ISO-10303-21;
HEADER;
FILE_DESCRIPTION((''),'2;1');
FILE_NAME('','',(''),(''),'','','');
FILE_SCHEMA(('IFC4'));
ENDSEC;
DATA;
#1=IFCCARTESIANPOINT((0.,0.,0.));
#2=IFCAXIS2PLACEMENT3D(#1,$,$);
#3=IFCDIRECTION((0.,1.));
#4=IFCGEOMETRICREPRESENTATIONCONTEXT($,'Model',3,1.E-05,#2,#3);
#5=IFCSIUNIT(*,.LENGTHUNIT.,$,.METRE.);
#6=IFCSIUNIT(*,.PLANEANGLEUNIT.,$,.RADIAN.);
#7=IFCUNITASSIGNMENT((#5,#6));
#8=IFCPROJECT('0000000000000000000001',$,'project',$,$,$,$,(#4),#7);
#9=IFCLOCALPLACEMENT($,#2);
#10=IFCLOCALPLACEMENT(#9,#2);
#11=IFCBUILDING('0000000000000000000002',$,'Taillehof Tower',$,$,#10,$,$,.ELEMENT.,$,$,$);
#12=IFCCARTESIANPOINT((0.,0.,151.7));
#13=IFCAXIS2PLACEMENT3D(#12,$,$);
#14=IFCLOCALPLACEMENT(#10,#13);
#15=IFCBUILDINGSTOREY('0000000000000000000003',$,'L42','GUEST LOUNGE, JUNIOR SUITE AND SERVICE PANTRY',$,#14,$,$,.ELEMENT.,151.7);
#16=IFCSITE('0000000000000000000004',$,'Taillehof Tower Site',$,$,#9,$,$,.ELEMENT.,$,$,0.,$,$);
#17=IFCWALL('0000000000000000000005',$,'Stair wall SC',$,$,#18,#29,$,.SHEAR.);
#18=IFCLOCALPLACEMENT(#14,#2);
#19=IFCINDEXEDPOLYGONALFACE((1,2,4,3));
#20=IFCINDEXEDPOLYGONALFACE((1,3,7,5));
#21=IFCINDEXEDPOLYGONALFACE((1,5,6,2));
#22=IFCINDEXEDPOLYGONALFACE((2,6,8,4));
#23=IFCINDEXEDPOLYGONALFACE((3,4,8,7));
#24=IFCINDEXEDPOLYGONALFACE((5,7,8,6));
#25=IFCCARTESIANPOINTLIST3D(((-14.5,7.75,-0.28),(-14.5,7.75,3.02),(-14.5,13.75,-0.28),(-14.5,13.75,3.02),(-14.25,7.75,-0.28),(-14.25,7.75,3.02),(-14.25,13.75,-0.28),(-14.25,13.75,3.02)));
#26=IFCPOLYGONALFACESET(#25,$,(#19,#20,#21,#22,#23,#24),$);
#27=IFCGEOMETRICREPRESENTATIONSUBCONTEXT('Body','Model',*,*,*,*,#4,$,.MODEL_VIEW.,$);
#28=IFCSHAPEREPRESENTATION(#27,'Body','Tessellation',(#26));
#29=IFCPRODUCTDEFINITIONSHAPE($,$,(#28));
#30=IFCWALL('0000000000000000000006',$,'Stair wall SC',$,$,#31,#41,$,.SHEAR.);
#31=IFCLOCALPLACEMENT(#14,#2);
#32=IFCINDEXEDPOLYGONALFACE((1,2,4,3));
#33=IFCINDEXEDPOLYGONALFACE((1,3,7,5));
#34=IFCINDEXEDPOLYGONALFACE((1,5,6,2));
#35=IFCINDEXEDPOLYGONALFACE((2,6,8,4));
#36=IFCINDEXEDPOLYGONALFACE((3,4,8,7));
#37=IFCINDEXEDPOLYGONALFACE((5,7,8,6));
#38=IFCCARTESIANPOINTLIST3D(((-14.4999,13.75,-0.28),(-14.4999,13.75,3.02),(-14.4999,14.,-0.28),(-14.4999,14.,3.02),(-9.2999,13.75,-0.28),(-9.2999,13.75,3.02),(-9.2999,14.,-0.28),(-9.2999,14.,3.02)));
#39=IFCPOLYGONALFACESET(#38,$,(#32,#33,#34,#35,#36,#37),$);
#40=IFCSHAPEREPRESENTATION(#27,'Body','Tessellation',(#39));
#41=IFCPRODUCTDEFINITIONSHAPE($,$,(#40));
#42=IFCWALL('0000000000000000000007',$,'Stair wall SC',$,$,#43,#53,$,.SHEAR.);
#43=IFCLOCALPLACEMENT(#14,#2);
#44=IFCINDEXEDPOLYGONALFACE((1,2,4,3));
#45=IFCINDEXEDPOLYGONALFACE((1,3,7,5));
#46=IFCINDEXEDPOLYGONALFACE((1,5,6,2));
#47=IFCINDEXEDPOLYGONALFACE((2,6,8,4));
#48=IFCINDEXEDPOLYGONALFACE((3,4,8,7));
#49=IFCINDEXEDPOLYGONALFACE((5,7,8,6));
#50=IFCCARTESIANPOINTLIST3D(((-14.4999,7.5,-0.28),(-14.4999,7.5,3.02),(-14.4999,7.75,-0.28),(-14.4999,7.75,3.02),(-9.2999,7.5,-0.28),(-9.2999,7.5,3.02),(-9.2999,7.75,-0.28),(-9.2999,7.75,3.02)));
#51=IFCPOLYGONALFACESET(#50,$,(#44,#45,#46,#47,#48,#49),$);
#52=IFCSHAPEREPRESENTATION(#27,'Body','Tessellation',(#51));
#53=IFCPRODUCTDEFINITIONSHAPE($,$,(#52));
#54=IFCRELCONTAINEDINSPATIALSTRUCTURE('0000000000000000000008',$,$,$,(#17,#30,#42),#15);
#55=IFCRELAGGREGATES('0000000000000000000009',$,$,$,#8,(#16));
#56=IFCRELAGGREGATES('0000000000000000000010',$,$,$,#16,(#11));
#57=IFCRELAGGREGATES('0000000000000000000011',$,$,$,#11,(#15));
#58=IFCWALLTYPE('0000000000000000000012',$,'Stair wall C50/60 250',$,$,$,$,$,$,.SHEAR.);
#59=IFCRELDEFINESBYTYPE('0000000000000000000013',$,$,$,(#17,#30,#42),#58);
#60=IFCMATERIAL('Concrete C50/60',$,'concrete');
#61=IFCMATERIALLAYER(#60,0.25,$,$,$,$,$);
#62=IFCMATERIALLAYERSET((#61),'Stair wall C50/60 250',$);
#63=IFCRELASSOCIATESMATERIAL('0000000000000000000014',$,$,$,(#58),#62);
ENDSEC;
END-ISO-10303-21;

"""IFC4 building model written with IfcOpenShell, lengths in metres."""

from ifc_helpers import new_model, si_unit, direction, frame, frame_2d, origin, place, context, subcontext, project, spatial, rectangle, extrude, material, layer, layer_set, type_object, element, save


model = new_model("IFC4")

# Units and contexts
model_context = context("Model", 3, precision=1e-05, world=origin(), true_north=direction((0.0, 1.0)))
body_context = subcontext(model_context, "Body", "Model", "MODEL_VIEW")
ifc_project = project(units=[si_unit("LENGTHUNIT", "METRE"), si_unit("PLANEANGLEUNIT", "RADIAN")], contexts=[model_context])

# Site, building, storey
site_placement = place(None, origin())
site = spatial("IfcSite", under=ifc_project, at=site_placement, Name="Taillehof Tower Site", CompositionType="ELEMENT", RefElevation=0.0)
building_placement = place(site_placement, origin())
building = spatial("IfcBuilding", under=site, at=building_placement, Name="Taillehof Tower", CompositionType="ELEMENT")
storey_placement = place(building_placement, frame((0.0, 0.0, 151.7)))
storey = spatial("IfcBuildingStorey", under=building, at=storey_placement, Name="L42", Description="GUEST LOUNGE, JUNIOR SUITE AND SERVICE PANTRY", CompositionType="ELEMENT", Elevation=151.7)

# Walls
ifc_material_1 = material(Name="Concrete C50/60", Category="concrete")
ifc_layer_1 = layer(ifc_material_1, 0.25)
ifc_layer_set_1 = layer_set([ifc_layer_1], Name="Stair wall C50/60 250")
wall_type_1 = type_object("IfcWallType", Name="Stair wall C50/60 250", PredefinedType="SHEAR", material=ifc_layer_set_1)
wall_1_placement = place(storey_placement, frame((-14.375, 7.75, -0.28), z_axis=(0.0, 0.0, 1.0), x_axis=(0.0, 1.0, 0.0)))
element("IfcWall", 1, at=wall_1_placement, inside=storey, type_object=wall_type_1, Name="Stair wall SC", PredefinedType="SHEAR", context=body_context, shape_type="SweptSolid", body=[
    extrude(rectangle(XDim=6.0, YDim=0.25, at=frame_2d((3.0, 0.0))), origin(), (0.0, 0.0, 1.0), 3.3),
])
for number, where, z_axis, x_axis, name in (
    (2, (-14.5, 13.875, -0.28), (0.0, 0.0, 1.0), (1.0, 0.0, 0.0), "Stair wall SC"),
    (3, (-14.5, 7.625, -0.28), (0.0, 0.0, 1.0), (1.0, 0.0, 0.0), "Stair wall SC"),
):
    element("IfcWall", number, at=place(storey_placement, frame(where, z_axis=z_axis, x_axis=x_axis)), inside=storey, type_object=wall_type_1, Name=name, PredefinedType="SHEAR", context=body_context, shape_type="SweptSolid", body=[
        extrude(rectangle(XDim=5.2, YDim=0.25, at=frame_2d((2.6001, 0.0))), origin(), (0.0, 0.0, 1.0), 3.3),
    ])

save(model, "model.ifc")
